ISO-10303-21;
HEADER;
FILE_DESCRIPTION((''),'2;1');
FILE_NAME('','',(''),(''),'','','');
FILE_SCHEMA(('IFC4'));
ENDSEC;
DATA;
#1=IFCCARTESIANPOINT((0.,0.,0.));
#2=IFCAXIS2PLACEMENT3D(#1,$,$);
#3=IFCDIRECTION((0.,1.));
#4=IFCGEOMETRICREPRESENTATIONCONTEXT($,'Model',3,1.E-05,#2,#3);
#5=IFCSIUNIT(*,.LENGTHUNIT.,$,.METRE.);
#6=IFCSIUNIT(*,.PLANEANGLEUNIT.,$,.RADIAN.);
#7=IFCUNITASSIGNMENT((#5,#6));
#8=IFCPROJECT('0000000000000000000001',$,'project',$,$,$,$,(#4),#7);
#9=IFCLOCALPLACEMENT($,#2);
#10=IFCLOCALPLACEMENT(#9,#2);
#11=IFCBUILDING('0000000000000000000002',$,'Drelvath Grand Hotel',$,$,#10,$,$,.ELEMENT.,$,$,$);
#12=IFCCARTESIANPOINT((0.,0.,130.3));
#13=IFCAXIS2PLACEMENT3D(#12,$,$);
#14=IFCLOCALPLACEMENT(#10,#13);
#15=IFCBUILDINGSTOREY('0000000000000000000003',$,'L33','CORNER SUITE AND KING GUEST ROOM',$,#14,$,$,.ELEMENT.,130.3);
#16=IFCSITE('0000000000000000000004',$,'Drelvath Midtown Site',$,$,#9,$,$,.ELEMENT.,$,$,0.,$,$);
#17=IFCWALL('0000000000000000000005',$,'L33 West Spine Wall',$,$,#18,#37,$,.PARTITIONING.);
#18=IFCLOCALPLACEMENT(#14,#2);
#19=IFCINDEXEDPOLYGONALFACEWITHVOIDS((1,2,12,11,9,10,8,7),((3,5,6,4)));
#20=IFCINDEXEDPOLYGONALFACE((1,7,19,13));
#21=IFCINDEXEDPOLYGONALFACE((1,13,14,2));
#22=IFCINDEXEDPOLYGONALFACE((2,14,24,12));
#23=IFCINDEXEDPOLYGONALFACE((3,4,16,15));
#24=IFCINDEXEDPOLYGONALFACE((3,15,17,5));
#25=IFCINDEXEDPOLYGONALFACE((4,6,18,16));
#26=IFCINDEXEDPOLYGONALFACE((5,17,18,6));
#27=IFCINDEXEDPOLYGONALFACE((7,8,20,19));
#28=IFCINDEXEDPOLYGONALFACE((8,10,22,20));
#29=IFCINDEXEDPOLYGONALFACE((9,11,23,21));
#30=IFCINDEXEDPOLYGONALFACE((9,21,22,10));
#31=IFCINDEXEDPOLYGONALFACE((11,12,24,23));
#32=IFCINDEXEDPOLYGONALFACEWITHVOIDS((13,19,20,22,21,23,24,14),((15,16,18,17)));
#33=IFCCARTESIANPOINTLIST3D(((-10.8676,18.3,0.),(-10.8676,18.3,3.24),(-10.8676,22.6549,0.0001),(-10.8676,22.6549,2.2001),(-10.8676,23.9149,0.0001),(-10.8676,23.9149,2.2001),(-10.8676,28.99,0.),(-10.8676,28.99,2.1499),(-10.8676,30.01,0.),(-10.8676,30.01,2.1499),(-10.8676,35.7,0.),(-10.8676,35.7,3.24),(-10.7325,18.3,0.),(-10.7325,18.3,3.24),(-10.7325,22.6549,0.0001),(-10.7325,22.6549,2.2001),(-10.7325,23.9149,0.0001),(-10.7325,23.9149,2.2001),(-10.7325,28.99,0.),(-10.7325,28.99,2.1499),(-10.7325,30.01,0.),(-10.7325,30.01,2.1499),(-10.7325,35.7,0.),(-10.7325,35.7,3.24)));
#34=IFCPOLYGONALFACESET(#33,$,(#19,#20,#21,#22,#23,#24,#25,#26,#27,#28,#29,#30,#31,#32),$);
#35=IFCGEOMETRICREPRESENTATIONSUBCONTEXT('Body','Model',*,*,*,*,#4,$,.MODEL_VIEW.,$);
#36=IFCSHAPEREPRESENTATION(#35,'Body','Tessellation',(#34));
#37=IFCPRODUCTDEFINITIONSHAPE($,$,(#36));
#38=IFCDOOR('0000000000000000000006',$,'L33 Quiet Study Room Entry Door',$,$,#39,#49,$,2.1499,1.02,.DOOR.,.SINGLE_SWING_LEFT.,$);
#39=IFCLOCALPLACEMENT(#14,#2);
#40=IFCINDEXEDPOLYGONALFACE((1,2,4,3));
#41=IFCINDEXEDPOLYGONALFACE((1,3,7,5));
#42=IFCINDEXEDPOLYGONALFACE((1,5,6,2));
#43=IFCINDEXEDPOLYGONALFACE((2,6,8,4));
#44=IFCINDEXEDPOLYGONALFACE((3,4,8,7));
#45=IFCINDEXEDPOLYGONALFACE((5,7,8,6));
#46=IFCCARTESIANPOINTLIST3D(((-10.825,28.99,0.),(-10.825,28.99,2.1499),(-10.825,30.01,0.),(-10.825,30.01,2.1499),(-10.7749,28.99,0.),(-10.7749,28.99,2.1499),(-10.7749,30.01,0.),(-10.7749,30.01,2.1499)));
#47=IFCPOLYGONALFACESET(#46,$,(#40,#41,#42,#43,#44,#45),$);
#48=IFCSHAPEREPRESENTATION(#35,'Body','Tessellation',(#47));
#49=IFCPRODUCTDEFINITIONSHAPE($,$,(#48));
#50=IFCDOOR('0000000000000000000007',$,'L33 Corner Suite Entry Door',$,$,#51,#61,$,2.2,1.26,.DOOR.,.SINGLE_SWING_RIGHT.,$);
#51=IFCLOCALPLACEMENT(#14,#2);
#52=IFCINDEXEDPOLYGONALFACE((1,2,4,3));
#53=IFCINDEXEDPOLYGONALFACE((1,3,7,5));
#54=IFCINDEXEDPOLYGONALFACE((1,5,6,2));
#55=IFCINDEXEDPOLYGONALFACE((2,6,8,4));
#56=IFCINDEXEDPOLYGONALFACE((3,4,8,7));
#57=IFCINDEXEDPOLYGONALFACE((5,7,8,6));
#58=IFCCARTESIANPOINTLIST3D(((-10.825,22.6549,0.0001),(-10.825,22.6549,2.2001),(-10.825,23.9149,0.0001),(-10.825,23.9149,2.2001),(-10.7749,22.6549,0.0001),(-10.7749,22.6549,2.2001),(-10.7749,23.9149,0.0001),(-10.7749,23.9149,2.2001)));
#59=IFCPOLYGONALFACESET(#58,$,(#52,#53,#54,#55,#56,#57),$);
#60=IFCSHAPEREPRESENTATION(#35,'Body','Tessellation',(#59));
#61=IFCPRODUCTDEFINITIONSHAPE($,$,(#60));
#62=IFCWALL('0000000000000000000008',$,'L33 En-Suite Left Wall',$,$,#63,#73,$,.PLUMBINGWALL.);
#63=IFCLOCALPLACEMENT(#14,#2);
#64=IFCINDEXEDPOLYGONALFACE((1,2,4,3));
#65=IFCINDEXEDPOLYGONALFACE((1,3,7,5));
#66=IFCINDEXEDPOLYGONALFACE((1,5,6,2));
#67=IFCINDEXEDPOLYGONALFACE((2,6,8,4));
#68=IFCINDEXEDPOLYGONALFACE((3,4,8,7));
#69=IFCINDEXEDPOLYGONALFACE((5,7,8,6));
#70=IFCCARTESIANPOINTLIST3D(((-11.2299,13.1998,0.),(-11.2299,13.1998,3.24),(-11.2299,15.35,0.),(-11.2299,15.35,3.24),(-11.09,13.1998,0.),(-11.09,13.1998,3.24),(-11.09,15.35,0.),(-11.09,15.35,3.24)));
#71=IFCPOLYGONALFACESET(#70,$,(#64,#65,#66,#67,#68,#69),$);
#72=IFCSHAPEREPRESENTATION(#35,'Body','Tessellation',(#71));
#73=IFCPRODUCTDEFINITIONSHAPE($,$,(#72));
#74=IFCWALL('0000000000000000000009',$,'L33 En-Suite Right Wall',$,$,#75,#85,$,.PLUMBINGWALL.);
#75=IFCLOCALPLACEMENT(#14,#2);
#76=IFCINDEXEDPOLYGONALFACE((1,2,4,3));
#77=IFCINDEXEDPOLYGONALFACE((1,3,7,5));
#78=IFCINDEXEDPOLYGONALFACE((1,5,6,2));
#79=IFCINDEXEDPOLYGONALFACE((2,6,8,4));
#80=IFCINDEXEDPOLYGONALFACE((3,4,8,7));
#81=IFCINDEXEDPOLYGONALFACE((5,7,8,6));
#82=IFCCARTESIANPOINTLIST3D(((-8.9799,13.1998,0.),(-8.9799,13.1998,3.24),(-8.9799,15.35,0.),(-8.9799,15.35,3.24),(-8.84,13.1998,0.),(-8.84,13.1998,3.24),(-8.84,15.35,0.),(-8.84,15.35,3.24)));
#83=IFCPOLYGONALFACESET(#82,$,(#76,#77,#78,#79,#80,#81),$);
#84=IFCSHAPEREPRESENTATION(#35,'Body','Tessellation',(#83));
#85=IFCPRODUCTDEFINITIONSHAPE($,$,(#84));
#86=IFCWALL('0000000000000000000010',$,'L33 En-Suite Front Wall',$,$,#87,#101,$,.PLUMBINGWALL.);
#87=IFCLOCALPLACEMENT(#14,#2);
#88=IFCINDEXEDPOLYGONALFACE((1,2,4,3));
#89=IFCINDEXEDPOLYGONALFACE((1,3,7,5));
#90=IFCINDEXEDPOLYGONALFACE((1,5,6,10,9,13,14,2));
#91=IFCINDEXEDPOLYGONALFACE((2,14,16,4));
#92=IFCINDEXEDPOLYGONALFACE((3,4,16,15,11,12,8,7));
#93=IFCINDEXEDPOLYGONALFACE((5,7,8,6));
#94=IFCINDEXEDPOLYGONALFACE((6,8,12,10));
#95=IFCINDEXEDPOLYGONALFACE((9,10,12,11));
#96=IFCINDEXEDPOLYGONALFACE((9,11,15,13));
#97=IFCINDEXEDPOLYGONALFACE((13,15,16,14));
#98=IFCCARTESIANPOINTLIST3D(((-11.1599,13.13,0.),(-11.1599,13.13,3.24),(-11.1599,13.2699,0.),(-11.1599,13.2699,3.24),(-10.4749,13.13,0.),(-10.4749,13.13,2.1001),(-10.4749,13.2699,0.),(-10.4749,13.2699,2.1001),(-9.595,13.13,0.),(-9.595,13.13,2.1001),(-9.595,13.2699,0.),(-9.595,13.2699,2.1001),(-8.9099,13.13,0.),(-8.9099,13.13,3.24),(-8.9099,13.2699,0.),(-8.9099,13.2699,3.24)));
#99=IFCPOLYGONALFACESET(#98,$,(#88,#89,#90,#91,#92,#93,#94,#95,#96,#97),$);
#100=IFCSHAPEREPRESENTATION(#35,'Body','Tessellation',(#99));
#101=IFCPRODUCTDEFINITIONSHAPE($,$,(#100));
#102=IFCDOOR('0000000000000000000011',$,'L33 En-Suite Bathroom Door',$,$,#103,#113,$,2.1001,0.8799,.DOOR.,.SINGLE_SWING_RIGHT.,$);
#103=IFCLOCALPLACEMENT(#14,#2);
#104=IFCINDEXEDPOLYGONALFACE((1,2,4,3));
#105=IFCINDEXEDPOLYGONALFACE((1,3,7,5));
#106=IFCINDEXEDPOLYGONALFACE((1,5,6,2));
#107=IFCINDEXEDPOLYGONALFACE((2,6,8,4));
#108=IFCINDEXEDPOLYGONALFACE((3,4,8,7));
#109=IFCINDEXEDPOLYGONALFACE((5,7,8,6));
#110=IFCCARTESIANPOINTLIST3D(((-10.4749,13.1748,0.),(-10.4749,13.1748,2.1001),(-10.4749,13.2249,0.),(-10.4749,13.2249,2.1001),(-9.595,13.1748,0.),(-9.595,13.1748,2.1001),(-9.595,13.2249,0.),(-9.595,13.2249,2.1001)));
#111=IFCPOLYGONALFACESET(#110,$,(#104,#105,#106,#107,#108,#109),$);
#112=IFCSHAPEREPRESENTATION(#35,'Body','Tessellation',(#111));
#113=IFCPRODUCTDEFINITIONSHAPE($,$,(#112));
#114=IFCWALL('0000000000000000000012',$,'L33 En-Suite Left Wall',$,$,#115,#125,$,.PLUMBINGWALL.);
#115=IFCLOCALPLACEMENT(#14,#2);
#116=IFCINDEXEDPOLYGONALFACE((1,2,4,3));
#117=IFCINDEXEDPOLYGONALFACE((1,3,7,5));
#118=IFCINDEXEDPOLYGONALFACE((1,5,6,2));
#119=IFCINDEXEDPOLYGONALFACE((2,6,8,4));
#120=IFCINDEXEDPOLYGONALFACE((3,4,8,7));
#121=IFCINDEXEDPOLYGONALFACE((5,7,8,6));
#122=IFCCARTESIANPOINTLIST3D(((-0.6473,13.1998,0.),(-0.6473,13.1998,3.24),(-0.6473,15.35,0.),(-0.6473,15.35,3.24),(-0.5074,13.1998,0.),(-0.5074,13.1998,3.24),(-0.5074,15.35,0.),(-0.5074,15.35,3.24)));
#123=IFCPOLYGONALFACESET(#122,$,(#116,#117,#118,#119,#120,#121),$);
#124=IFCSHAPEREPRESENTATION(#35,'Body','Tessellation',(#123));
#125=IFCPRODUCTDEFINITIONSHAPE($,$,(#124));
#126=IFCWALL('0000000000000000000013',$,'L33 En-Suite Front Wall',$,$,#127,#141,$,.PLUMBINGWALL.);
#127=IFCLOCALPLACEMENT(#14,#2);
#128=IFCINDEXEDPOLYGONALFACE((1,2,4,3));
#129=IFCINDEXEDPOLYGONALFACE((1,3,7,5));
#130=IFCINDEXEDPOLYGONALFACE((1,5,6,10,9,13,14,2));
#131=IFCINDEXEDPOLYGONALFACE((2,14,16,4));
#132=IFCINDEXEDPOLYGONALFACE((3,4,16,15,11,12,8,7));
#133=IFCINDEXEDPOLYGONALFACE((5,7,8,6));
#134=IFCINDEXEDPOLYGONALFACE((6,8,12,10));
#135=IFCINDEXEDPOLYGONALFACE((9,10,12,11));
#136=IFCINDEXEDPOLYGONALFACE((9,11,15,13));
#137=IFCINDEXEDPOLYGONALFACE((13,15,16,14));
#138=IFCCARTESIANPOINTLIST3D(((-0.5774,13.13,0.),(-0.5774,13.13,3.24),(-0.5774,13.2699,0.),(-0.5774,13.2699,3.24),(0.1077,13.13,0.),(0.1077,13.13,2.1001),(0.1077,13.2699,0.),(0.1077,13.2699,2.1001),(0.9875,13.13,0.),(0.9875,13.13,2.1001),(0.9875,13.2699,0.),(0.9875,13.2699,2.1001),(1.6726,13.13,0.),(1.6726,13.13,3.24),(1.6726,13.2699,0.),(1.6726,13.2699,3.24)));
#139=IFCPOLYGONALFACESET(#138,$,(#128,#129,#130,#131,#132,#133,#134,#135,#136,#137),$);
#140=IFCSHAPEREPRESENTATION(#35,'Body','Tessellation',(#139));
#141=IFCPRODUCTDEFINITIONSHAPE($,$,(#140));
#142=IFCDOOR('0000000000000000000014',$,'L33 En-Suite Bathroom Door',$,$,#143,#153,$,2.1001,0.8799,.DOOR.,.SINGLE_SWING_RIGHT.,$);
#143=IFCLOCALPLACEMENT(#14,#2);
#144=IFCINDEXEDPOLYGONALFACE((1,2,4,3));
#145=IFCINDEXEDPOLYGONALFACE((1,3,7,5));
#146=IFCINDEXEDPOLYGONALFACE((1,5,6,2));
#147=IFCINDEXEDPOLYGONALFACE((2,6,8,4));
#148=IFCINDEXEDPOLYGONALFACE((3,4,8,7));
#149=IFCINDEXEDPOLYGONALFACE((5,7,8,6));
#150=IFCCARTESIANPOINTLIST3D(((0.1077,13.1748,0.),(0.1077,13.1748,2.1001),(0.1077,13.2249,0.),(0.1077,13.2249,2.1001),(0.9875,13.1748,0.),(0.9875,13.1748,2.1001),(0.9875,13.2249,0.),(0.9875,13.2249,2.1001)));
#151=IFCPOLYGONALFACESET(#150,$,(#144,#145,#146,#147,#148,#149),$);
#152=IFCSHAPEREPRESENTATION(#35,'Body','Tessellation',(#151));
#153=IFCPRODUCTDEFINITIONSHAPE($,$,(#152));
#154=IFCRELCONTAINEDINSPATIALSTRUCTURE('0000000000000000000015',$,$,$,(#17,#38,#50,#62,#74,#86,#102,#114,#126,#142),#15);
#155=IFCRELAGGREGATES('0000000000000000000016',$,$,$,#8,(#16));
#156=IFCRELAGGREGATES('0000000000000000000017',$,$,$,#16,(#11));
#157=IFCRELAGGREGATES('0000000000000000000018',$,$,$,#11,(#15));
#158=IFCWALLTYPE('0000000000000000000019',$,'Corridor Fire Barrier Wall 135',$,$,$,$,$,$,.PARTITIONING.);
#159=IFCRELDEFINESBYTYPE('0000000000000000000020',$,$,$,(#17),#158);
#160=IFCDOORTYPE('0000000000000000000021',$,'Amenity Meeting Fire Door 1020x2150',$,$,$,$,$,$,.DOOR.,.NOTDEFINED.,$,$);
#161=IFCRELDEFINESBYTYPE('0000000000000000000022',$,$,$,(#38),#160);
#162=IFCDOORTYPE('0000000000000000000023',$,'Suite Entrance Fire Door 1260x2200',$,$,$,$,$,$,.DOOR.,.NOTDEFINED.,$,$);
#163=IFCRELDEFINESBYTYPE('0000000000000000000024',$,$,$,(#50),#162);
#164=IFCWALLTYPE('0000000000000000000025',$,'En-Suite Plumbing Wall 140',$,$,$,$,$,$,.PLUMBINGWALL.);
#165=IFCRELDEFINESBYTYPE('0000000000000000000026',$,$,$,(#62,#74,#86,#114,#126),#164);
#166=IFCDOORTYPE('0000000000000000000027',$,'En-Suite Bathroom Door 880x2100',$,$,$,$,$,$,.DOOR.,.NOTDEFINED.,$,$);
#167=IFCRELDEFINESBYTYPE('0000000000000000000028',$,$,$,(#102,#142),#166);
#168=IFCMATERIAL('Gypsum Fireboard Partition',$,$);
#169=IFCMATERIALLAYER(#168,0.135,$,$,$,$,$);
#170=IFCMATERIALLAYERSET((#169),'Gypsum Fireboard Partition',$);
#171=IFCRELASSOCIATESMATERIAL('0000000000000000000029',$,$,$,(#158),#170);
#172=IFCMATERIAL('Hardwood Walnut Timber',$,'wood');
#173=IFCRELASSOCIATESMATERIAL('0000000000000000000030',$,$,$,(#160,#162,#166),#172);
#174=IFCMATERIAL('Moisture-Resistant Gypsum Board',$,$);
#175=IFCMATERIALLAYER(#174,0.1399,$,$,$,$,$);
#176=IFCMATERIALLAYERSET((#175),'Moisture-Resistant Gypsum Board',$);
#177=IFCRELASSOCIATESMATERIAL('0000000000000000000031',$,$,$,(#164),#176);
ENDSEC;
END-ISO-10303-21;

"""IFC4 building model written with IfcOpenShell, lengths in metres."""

from ifc_helpers import new_model, si_unit, direction, frame, frame_2d, origin, place, context, subcontext, project, spatial, rectangle, extrude, material, layer, layer_set, type_object, element, fill, save


model = new_model("IFC4")

# Units and contexts
model_context = context("Model", 3, precision=1e-05, world=origin(), true_north=direction((0.0, 1.0)))
body_context = subcontext(model_context, "Body", "Model", "MODEL_VIEW")
ifc_project = project(units=[si_unit("LENGTHUNIT", "METRE"), si_unit("PLANEANGLEUNIT", "RADIAN")], contexts=[model_context])

# Site, building, storey
site_placement = place(None, origin())
site = spatial("IfcSite", under=ifc_project, at=site_placement, Name="Drelvath Midtown Site", CompositionType="ELEMENT", RefElevation=0.0)
building_placement = place(site_placement, origin())
building = spatial("IfcBuilding", under=site, at=building_placement, Name="Drelvath Grand Hotel", CompositionType="ELEMENT")
storey_placement = place(building_placement, frame((0.0, 0.0, 130.3)))
storey = spatial("IfcBuildingStorey", under=building, at=storey_placement, Name="L33", Description="CORNER SUITE AND KING GUEST ROOM", CompositionType="ELEMENT", Elevation=130.3)

# Shared definitions
ifc_material_1 = material(Name="Gypsum Fireboard Partition")
ifc_layer_1 = layer(ifc_material_1, 0.135)
ifc_layer_set_1 = layer_set([ifc_layer_1], Name="Gypsum Fireboard Partition")
wall_type_1 = type_object("IfcWallType", Name="Corridor Fire Barrier Wall 135", PredefinedType="PARTITIONING", material=ifc_layer_set_1)

# Wall, openings, doors
wall_1_placement = place(storey_placement, frame((-10.8, 18.3, 0.0), z_axis=(0.0, 0.0, 1.0), x_axis=(0.0, 1.0, 0.0)))
wall_1 = element("IfcWall", 1, at=wall_1_placement, inside=storey, type_object=wall_type_1, Name="L33 West Spine Wall", PredefinedType="PARTITIONING", context=body_context, shape_type="SweptSolid", body=[
    extrude(rectangle(XDim=17.3999, YDim=0.135, at=frame_2d((8.7, 0.0))), origin(), (0.0, 0.0, 1.0), 3.24),
])
opening_1_placement = place(wall_1_placement, frame((4.355, 0.0, 0.0)))
opening_1 = element("IfcOpeningElement", 2, at=opening_1_placement, cuts=wall_1, PredefinedType="OPENING", context=body_context, shape_type="SweptSolid", body=[
    extrude(rectangle(XDim=1.26, YDim=2.2, at=frame_2d((0.6299, 1.1001))), frame((0.0, 0.0774, 0.0), z_axis=(0.0, -1.0, 0.0), x_axis=(1.0, 0.0, 0.0)), (0.0, 0.0, 1.0), 0.155),
])
opening_2_placement = place(wall_1_placement, frame((10.6899, 0.0, 0.0)))
opening_2 = element("IfcOpeningElement", 3, at=opening_2_placement, cuts=wall_1, PredefinedType="OPENING", context=body_context, shape_type="SweptSolid", body=[
    extrude(rectangle(XDim=1.02, YDim=2.1499, at=frame_2d((0.51, 1.075))), frame((0.0, 0.0774, 0.0), z_axis=(0.0, -1.0, 0.0), x_axis=(1.0, 0.0, 0.0)), (0.0, 0.0, 1.0), 0.155),
])
ifc_material_2 = material(Name="Hardwood Walnut Timber", Category="wood")
door_type_1 = type_object("IfcDoorType", Name="Amenity Meeting Fire Door 1020x2150", OperationType="NOTDEFINED", PredefinedType="DOOR", material=ifc_material_2)
door_1_placement = place(opening_2_placement, origin())
door_1 = element("IfcDoor", 4, at=door_1_placement, inside=storey, type_object=door_type_1, Name="L33 Quiet Study Room Entry Door", OperationType="SINGLE_SWING_LEFT", OverallHeight=2.1499, OverallWidth=1.02, PredefinedType="DOOR", context=body_context, shape_type="SweptSolid", body=[
    extrude(rectangle(XDim=1.02, YDim=2.1499, at=frame_2d((0.51, 1.075))), frame((0.0, 0.0249, 0.0), z_axis=(0.0, -1.0, 0.0), x_axis=(1.0, 0.0, 0.0)), (0.0, 0.0, 1.0), 0.05),
])
fill(opening_2, door_1)
door_type_2 = type_object("IfcDoorType", Name="Suite Entrance Fire Door 1260x2200", OperationType="NOTDEFINED", PredefinedType="DOOR", material=ifc_material_2)
door_2_placement = place(opening_1_placement, origin())
door_2 = element("IfcDoor", 5, at=door_2_placement, inside=storey, type_object=door_type_2, Name="L33 Corner Suite Entry Door", OperationType="SINGLE_SWING_RIGHT", OverallHeight=2.2, OverallWidth=1.26, PredefinedType="DOOR", context=body_context, shape_type="SweptSolid", body=[
    extrude(rectangle(XDim=1.26, YDim=2.2, at=frame_2d((0.6299, 1.1001))), frame((0.0, 0.0249, 0.0), z_axis=(0.0, -1.0, 0.0), x_axis=(1.0, 0.0, 0.0)), (0.0, 0.0, 1.0), 0.05),
])
fill(opening_1, door_2)

# Walls
ifc_material_3 = material(Name="Moisture-Resistant Gypsum Board")
ifc_layer_2 = layer(ifc_material_3, 0.1399)
ifc_layer_set_2 = layer_set([ifc_layer_2], Name="Moisture-Resistant Gypsum Board")
wall_type_2 = type_object("IfcWallType", Name="En-Suite Plumbing Wall 140", PredefinedType="PLUMBINGWALL", material=ifc_layer_set_2)
for number, where, z_axis, x_axis, name in (
    (6, (-11.1599, 15.3501, 0.0), (0.0, 0.0, 1.0), (0.0, -1.0, 0.0), "L33 En-Suite Left Wall"),
    (7, (-8.9099, 15.3501, 0.0), (0.0, 0.0, 1.0), (0.0, -1.0, 0.0), "L33 En-Suite Right Wall"),
):
    element("IfcWall", number, at=place(storey_placement, frame(where, z_axis=z_axis, x_axis=x_axis)), inside=storey, type_object=wall_type_2, Name=name, PredefinedType="PLUMBINGWALL", context=body_context, shape_type="SweptSolid", body=[
        extrude(rectangle(XDim=2.1501, YDim=0.1399, at=frame_2d((1.0752, 0.0))), origin(), (0.0, 0.0, 1.0), 3.24),
    ])

# Wall, opening, door
wall_2_placement = place(storey_placement, frame((-11.1599, 13.2, 0.0), z_axis=(0.0, 0.0, 1.0), x_axis=(1.0, 0.0, 0.0)))
wall_2 = element("IfcWall", 8, at=wall_2_placement, inside=storey, type_object=wall_type_2, Name="L33 En-Suite Front Wall", PredefinedType="PLUMBINGWALL", context=body_context, shape_type="SweptSolid", body=[
    extrude(rectangle(XDim=2.25, YDim=0.1399, at=frame_2d((1.125, 0.0))), origin(), (0.0, 0.0, 1.0), 3.24),
])
opening_3_placement = place(wall_2_placement, frame((0.6851, 0.0, 0.0)))
opening_3 = element("IfcOpeningElement", 9, at=opening_3_placement, cuts=wall_2, PredefinedType="OPENING", context=body_context, shape_type="SweptSolid", body=[
    extrude(rectangle(XDim=0.8799, YDim=2.1001, at=frame_2d((0.4399, 1.05))), frame((0.0, 0.0798, 0.0), z_axis=(0.0, -1.0, 0.0), x_axis=(1.0, 0.0, 0.0)), (0.0, 0.0, 1.0), 0.1599),
])
door_type_3 = type_object("IfcDoorType", Name="En-Suite Bathroom Door 880x2100", OperationType="NOTDEFINED", PredefinedType="DOOR", material=ifc_material_2)
door_3_placement = place(opening_3_placement, origin())
door_3 = element("IfcDoor", 10, at=door_3_placement, inside=storey, type_object=door_type_3, Name="L33 En-Suite Bathroom Door", OperationType="SINGLE_SWING_RIGHT", OverallHeight=2.1001, OverallWidth=0.8799, PredefinedType="DOOR", context=body_context, shape_type="SweptSolid", body=[
    extrude(rectangle(XDim=0.8799, YDim=2.1001, at=frame_2d((0.4399, 1.05))), frame((0.0, 0.0249, 0.0), z_axis=(0.0, -1.0, 0.0), x_axis=(1.0, 0.0, 0.0)), (0.0, 0.0, 1.0), 0.05),
])
fill(opening_3, door_3)

# Wall
wall_3_placement = place(storey_placement, frame((-0.5774, 15.3501, 0.0), z_axis=(0.0, 0.0, 1.0), x_axis=(0.0, -1.0, 0.0)))
element("IfcWall", 11, at=wall_3_placement, inside=storey, type_object=wall_type_2, Name="L33 En-Suite Left Wall", PredefinedType="PLUMBINGWALL", context=body_context, shape_type="SweptSolid", body=[
    extrude(rectangle(XDim=2.1501, YDim=0.1399, at=frame_2d((1.0752, 0.0))), origin(), (0.0, 0.0, 1.0), 3.24),
])

# Wall, opening, door
wall_4_placement = place(storey_placement, frame((-0.5774, 13.2, 0.0), z_axis=(0.0, 0.0, 1.0), x_axis=(1.0, 0.0, 0.0)))
wall_4 = element("IfcWall", 12, at=wall_4_placement, inside=storey, type_object=wall_type_2, Name="L33 En-Suite Front Wall", PredefinedType="PLUMBINGWALL", context=body_context, shape_type="SweptSolid", body=[
    extrude(rectangle(XDim=2.25, YDim=0.1399, at=frame_2d((1.125, 0.0))), origin(), (0.0, 0.0, 1.0), 3.24),
])
opening_4_placement = place(wall_4_placement, frame((0.6851, 0.0, 0.0)))
opening_4 = element("IfcOpeningElement", 13, at=opening_4_placement, cuts=wall_4, PredefinedType="OPENING", context=body_context, shape_type="SweptSolid", body=[
    extrude(rectangle(XDim=0.8799, YDim=2.1001, at=frame_2d((0.4399, 1.05))), frame((0.0, 0.0798, 0.0), z_axis=(0.0, -1.0, 0.0), x_axis=(1.0, 0.0, 0.0)), (0.0, 0.0, 1.0), 0.1599),
])
door_4_placement = place(opening_4_placement, origin())
door_4 = element("IfcDoor", 14, at=door_4_placement, inside=storey, type_object=door_type_3, Name="L33 En-Suite Bathroom Door", OperationType="SINGLE_SWING_RIGHT", OverallHeight=2.1001, OverallWidth=0.8799, PredefinedType="DOOR", context=body_context, shape_type="SweptSolid", body=[
    extrude(rectangle(XDim=0.8799, YDim=2.1001, at=frame_2d((0.4399, 1.05))), frame((0.0, 0.0249, 0.0), z_axis=(0.0, -1.0, 0.0), x_axis=(1.0, 0.0, 0.0)), (0.0, 0.0, 1.0), 0.05),
])
fill(opening_4, door_4)

save(model, "model.ifc")
